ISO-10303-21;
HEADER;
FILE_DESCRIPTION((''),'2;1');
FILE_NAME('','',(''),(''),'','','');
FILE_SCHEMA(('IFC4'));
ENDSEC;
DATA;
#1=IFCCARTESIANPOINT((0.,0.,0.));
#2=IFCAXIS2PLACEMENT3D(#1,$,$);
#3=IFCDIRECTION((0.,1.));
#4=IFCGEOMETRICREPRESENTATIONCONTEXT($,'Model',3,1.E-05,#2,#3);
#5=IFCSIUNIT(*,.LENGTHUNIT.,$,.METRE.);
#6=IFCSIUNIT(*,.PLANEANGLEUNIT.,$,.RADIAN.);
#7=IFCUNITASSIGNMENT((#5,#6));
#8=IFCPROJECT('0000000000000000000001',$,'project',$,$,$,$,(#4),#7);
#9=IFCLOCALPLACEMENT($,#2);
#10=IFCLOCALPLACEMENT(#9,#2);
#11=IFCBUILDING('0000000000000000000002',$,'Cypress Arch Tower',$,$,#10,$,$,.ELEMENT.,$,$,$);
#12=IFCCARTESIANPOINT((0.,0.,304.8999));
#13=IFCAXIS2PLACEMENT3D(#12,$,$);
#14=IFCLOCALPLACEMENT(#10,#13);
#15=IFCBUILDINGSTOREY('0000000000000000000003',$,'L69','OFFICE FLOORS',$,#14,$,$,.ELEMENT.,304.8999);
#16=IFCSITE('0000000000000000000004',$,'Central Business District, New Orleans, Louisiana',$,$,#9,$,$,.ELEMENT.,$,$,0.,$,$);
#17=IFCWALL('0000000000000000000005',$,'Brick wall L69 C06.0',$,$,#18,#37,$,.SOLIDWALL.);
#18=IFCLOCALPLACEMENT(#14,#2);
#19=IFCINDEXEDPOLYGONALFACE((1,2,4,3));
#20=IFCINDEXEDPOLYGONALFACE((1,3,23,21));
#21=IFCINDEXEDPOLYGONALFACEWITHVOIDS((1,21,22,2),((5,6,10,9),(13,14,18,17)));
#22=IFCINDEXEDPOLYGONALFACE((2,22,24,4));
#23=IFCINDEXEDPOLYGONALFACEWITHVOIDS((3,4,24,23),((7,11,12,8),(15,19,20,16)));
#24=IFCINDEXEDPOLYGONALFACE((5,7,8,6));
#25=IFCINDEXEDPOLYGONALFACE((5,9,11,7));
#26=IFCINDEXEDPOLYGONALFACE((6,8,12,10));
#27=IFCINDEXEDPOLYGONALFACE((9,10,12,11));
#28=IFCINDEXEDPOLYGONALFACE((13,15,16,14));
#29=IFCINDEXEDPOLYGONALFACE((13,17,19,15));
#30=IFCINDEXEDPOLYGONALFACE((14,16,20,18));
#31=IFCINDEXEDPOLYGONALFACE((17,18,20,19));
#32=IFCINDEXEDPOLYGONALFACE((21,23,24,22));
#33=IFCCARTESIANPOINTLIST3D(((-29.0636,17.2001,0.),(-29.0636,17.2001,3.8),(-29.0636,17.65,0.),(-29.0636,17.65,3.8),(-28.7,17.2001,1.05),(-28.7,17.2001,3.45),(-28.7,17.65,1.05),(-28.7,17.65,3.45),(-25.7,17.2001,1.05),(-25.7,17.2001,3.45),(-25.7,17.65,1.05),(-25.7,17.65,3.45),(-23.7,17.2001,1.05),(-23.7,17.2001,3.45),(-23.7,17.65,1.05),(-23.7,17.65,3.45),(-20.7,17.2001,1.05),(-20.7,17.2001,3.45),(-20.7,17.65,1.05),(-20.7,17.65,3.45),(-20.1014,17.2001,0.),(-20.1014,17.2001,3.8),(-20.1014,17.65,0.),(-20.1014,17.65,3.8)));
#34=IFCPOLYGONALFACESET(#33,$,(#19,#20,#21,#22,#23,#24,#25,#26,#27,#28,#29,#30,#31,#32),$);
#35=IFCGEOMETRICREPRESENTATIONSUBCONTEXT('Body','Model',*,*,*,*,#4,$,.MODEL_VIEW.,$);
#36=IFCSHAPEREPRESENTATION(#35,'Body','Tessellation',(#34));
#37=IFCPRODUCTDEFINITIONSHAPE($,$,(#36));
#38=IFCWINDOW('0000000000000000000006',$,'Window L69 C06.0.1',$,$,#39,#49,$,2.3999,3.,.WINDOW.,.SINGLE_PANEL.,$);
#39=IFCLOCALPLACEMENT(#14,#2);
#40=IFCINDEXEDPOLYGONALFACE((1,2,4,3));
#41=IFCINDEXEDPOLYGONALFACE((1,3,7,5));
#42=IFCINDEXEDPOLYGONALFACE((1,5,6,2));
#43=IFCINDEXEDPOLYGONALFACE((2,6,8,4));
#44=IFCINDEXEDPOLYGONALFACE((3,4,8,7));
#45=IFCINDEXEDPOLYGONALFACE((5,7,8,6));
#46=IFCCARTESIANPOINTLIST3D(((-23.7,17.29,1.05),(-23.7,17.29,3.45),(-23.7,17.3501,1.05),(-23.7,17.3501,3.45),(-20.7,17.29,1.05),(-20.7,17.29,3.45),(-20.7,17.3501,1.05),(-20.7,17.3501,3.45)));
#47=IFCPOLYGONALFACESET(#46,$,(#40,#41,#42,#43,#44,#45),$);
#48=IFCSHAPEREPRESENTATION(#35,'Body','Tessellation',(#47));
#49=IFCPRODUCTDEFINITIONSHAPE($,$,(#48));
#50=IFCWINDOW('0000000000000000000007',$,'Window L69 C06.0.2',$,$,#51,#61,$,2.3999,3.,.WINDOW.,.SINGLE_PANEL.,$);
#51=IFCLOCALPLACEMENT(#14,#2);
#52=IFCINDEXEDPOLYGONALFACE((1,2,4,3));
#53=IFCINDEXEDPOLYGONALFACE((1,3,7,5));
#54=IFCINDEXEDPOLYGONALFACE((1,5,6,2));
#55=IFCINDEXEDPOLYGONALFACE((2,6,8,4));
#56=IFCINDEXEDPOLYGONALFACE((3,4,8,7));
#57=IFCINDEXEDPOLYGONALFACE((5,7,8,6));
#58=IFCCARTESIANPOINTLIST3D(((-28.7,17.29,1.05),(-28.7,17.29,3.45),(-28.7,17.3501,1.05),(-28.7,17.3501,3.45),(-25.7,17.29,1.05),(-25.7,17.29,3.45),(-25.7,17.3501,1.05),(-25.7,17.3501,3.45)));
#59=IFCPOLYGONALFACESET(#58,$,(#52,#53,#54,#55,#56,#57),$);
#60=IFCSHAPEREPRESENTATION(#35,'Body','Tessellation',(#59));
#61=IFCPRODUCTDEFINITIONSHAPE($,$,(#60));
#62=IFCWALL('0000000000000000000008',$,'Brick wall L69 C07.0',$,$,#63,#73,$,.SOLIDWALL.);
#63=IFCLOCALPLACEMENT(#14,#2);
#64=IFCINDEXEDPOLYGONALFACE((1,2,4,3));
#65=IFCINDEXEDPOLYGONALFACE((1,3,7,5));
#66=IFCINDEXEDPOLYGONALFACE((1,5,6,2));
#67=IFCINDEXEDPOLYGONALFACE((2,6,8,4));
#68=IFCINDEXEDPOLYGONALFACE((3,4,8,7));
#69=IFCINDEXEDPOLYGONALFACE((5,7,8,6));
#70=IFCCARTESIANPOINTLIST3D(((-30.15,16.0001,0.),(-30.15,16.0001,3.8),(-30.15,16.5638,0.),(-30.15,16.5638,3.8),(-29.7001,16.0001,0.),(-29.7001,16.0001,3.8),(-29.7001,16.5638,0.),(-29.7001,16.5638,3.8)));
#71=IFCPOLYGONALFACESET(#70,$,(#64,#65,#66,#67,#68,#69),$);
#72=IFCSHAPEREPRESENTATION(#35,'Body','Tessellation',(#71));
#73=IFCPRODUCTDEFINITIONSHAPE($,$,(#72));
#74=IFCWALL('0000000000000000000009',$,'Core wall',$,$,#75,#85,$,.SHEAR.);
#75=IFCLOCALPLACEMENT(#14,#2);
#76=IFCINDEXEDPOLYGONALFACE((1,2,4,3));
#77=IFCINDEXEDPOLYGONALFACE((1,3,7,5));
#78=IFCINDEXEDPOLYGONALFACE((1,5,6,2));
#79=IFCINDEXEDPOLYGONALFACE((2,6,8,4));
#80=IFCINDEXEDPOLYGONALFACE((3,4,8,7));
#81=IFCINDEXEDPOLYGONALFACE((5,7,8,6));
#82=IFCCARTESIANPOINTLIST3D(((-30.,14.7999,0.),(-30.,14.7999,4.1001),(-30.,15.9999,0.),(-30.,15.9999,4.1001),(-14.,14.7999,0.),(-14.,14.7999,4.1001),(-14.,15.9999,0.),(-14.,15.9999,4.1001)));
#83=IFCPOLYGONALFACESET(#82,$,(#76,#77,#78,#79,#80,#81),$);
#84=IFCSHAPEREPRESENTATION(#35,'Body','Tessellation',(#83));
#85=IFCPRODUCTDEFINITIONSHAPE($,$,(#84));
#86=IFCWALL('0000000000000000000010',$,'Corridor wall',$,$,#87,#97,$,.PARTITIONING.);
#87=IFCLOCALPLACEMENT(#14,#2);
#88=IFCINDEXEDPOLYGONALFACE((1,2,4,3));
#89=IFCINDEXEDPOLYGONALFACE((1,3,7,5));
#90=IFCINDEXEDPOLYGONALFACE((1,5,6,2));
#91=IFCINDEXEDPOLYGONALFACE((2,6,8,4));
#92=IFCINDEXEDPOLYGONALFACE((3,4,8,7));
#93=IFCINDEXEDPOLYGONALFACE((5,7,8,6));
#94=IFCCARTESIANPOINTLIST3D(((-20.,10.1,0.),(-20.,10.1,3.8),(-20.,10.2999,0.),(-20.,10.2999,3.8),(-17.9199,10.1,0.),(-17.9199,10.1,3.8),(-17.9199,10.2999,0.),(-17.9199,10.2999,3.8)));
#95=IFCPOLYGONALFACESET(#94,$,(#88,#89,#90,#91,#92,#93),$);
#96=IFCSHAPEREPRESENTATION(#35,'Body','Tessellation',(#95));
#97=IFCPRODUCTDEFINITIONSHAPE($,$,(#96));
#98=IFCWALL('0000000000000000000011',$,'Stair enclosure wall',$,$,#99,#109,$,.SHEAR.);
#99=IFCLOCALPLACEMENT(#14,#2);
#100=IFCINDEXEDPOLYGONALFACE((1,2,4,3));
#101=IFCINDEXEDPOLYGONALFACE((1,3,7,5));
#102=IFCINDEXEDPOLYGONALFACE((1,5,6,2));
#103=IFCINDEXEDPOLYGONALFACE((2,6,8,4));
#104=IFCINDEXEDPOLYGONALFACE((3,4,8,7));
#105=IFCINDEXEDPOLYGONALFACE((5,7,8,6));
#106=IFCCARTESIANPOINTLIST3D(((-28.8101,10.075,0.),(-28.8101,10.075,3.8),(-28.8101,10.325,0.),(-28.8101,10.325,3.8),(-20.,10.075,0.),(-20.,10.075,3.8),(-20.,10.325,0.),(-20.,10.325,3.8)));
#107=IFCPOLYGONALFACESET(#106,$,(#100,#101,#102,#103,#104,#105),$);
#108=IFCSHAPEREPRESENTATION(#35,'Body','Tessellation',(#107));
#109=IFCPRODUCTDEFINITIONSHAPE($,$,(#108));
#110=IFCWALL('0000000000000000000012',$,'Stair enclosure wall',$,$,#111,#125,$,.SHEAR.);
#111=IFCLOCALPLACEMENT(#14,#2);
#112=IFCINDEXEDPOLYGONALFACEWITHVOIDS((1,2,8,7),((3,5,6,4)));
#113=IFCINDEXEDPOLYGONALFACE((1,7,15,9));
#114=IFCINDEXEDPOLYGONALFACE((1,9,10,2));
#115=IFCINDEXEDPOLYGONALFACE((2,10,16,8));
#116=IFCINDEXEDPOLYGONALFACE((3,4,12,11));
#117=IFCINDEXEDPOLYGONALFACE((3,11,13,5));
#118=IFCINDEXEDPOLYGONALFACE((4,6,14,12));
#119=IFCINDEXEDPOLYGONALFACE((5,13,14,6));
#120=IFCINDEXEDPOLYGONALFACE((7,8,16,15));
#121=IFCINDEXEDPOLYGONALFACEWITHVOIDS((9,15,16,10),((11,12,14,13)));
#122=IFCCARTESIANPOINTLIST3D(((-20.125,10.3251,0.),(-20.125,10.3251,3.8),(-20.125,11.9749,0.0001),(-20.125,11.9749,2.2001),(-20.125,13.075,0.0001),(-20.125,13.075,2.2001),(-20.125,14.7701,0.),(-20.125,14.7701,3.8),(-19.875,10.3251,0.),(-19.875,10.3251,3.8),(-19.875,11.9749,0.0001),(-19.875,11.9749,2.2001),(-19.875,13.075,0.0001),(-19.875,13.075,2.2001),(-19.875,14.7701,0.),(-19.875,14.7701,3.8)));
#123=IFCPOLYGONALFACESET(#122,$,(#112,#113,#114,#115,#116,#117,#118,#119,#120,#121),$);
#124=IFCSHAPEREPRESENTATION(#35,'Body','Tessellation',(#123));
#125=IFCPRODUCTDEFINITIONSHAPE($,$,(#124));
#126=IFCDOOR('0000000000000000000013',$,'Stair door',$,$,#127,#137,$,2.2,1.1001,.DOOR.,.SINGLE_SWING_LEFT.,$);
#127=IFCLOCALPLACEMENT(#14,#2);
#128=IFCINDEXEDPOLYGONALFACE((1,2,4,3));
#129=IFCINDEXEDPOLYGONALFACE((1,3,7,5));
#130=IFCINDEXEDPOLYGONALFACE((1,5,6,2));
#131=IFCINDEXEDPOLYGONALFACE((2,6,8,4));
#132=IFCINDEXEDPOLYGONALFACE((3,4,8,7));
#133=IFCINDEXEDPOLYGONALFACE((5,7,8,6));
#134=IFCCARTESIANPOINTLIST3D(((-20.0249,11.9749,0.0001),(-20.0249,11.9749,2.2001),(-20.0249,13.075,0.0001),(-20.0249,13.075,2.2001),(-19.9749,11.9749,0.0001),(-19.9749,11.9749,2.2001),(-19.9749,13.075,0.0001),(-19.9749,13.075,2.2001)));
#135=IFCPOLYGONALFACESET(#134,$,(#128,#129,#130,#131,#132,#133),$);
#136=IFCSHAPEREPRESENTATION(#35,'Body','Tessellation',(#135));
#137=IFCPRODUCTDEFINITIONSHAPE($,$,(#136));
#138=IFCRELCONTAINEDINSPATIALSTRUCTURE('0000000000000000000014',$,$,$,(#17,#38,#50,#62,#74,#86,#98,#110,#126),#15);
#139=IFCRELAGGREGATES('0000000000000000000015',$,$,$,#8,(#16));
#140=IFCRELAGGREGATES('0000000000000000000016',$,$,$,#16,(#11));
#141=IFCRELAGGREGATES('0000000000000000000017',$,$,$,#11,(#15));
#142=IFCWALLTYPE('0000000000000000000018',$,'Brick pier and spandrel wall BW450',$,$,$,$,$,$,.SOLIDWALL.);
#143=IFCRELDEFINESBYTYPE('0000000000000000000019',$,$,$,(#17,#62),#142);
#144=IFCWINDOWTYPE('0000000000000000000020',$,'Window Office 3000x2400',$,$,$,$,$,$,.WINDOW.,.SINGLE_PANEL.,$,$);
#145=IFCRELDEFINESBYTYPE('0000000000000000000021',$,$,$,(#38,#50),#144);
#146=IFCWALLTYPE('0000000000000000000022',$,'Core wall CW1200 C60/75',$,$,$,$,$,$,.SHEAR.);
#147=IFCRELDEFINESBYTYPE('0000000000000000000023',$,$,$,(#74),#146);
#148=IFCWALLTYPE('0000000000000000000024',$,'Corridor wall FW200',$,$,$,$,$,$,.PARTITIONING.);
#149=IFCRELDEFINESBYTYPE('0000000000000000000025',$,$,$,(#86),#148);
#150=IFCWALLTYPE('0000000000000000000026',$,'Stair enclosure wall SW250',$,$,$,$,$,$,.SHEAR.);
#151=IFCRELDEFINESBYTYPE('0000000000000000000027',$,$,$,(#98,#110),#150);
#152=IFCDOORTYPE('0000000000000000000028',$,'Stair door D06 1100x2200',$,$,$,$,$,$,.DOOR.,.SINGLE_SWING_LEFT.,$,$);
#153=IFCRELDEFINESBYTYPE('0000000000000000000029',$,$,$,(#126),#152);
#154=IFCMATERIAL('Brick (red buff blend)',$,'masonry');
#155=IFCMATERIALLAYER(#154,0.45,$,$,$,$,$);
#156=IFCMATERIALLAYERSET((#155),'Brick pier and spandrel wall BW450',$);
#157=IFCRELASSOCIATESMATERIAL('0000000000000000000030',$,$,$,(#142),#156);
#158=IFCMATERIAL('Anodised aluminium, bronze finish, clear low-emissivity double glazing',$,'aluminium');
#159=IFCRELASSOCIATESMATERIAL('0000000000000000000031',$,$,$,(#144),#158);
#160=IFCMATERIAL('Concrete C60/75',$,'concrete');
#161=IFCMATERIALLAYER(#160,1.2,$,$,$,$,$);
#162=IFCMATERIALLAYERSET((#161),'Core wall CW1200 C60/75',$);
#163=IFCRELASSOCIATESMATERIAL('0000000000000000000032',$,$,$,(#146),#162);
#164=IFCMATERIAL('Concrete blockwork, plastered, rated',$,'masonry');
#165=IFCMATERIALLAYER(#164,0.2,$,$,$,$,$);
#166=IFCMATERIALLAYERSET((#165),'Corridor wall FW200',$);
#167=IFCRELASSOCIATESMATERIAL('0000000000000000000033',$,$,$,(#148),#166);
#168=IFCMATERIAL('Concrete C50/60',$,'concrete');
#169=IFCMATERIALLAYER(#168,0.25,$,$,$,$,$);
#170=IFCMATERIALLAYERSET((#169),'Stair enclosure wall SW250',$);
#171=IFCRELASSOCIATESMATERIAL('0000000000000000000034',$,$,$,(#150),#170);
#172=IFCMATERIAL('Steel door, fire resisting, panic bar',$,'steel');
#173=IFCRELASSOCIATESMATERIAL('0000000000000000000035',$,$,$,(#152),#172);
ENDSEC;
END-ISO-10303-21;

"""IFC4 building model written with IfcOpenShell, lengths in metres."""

from ifc_helpers import new_model, si_unit, direction, frame, frame_2d, origin, place, context, subcontext, project, spatial, rectangle, extrude, material, layer, layer_set, type_object, element, fill, save


model = new_model("IFC4")

# Units and contexts
model_context = context("Model", 3, precision=1e-05, world=origin(), true_north=direction((0.0, 1.0)))
body_context = subcontext(model_context, "Body", "Model", "MODEL_VIEW")
ifc_project = project(units=[si_unit("LENGTHUNIT", "METRE"), si_unit("PLANEANGLEUNIT", "RADIAN")], contexts=[model_context])

# Site, building, storey
site_placement = place(None, origin())
site = spatial("IfcSite", under=ifc_project, at=site_placement, Name="Central Business District, New Orleans, Louisiana", CompositionType="ELEMENT", RefElevation=0.0)
building_placement = place(site_placement, origin())
building = spatial("IfcBuilding", under=site, at=building_placement, Name="Cypress Arch Tower", CompositionType="ELEMENT")
storey_placement = place(building_placement, frame((0.0, 0.0, 304.8999)))
storey = spatial("IfcBuildingStorey", under=building, at=storey_placement, Name="L69", Description="OFFICE FLOORS", CompositionType="ELEMENT", Elevation=304.8999)

# Shared definitions
ifc_material_1 = material(Name="Brick (red buff blend)", Category="masonry")
ifc_layer_1 = layer(ifc_material_1, 0.45)
ifc_layer_set_1 = layer_set([ifc_layer_1], Name="Brick pier and spandrel wall BW450")
wall_type_1 = type_object("IfcWallType", Name="Brick pier and spandrel wall BW450", PredefinedType="SOLIDWALL", material=ifc_layer_set_1)
ifc_material_2 = material(Name="Anodised aluminium, bronze finish, clear low-emissivity double glazing", Category="aluminium")
window_type = type_object("IfcWindowType", Name="Window Office 3000x2400", PartitioningType="SINGLE_PANEL", PredefinedType="WINDOW", material=ifc_material_2)

# Wall, openings, windows
wall_1_placement = place(storey_placement, frame((-20.1016, 17.425, 0.0), z_axis=(0.0, 0.0, 1.0), x_axis=(-1.0, 0.0, 0.0)))
wall_1 = element("IfcWall", 1, at=wall_1_placement, inside=storey, type_object=wall_type_1, Name="Brick wall L69 C06.0", PredefinedType="SOLIDWALL", context=body_context, shape_type="SweptSolid", body=[
    extrude(rectangle(XDim=8.9622, YDim=0.45, at=frame_2d((4.481, 0.0))), origin(), (0.0, 0.0, 1.0), 3.8),
])
opening_1_placement = place(wall_1_placement, frame((0.5984, 0.0, 1.05)))
opening_1 = element("IfcOpeningElement", 2, at=opening_1_placement, cuts=wall_1, PredefinedType="OPENING", context=body_context, shape_type="SweptSolid", body=[
    extrude(rectangle(XDim=3.0, YDim=2.3999, at=frame_2d((1.5, 1.2))), frame((0.0, 0.2349, 0.0), z_axis=(0.0, -1.0, 0.0), x_axis=(1.0, 0.0, 0.0)), (0.0, 0.0, 1.0), 0.47),
])
opening_2_placement = place(wall_1_placement, frame((5.5984, 0.0, 1.05)))
opening_2 = element("IfcOpeningElement", 3, at=opening_2_placement, cuts=wall_1, PredefinedType="OPENING", context=body_context, shape_type="SweptSolid", body=[
    extrude(rectangle(XDim=3.0, YDim=2.3999, at=frame_2d((1.5, 1.2))), frame((0.0, 0.2349, 0.0), z_axis=(0.0, -1.0, 0.0), x_axis=(1.0, 0.0, 0.0)), (0.0, 0.0, 1.0), 0.47),
])
window_1_placement = place(opening_1_placement, origin())
window_1 = element("IfcWindow", 4, at=window_1_placement, inside=storey, type_object=window_type, Name="Window L69 C06.0.1", OverallHeight=2.3999, OverallWidth=3.0, PartitioningType="SINGLE_PANEL", PredefinedType="WINDOW", context=body_context, shape_type="SweptSolid", body=[
    extrude(rectangle(XDim=3.0, YDim=2.3999, at=frame_2d((1.5, 1.2))), frame((0.0, 0.135, 0.0), z_axis=(0.0, -1.0, 0.0), x_axis=(1.0, 0.0, 0.0)), (0.0, 0.0, 1.0), 0.0601),
])
fill(opening_1, window_1)
window_2_placement = place(opening_2_placement, origin())
window_2 = element("IfcWindow", 5, at=window_2_placement, inside=storey, type_object=window_type, Name="Window L69 C06.0.2", OverallHeight=2.3999, OverallWidth=3.0, PartitioningType="SINGLE_PANEL", PredefinedType="WINDOW", context=body_context, shape_type="SweptSolid", body=[
    extrude(rectangle(XDim=3.0, YDim=2.3999, at=frame_2d((1.5, 1.2))), frame((0.0, 0.135, 0.0), z_axis=(0.0, -1.0, 0.0), x_axis=(1.0, 0.0, 0.0)), (0.0, 0.0, 1.0), 0.0601),
])
fill(opening_2, window_2)

# Walls
wall_2_placement = place(storey_placement, frame((-29.925, 16.5637, 0.0), z_axis=(0.0, 0.0, 1.0), x_axis=(0.0, -1.0, 0.0)))
element("IfcWall", 6, at=wall_2_placement, inside=storey, type_object=wall_type_1, Name="Brick wall L69 C07.0", PredefinedType="SOLIDWALL", context=body_context, shape_type="SweptSolid", body=[
    extrude(rectangle(XDim=0.5637, YDim=0.45, at=frame_2d((0.2817, 0.0))), origin(), (0.0, 0.0, 1.0), 3.8),
])
ifc_material_3 = material(Name="Concrete C60/75", Category="concrete")
ifc_layer_2 = layer(ifc_material_3, 1.2)
ifc_layer_set_2 = layer_set([ifc_layer_2], Name="Core wall CW1200 C60/75")
wall_type_2 = type_object("IfcWallType", Name="Core wall CW1200 C60/75", PredefinedType="SHEAR", material=ifc_layer_set_2)
wall_3_placement = place(storey_placement, frame((-30.0, 15.3999, 0.0), z_axis=(0.0, 0.0, 1.0), x_axis=(1.0, 0.0, 0.0)))
element("IfcWall", 7, at=wall_3_placement, inside=storey, type_object=wall_type_2, Name="Core wall", PredefinedType="SHEAR", context=body_context, shape_type="SweptSolid", body=[
    extrude(rectangle(XDim=16.0, YDim=1.2, at=frame_2d((8.0, 0.0))), origin(), (0.0, 0.0, 1.0), 4.1001),
])
ifc_material_4 = material(Name="Concrete blockwork, plastered, rated", Category="masonry")
ifc_layer_3 = layer(ifc_material_4, 0.2)
ifc_layer_set_3 = layer_set([ifc_layer_3], Name="Corridor wall FW200")
wall_type_3 = type_object("IfcWallType", Name="Corridor wall FW200", PredefinedType="PARTITIONING", material=ifc_layer_set_3)
wall_4_placement = place(storey_placement, frame((-20.0, 10.2, 0.0), z_axis=(0.0, 0.0, 1.0), x_axis=(1.0, 0.0, 0.0)))
element("IfcWall", 8, at=wall_4_placement, inside=storey, type_object=wall_type_3, Name="Corridor wall", PredefinedType="PARTITIONING", context=body_context, shape_type="SweptSolid", body=[
    extrude(rectangle(XDim=2.0801, YDim=0.2, at=frame_2d((1.04, 0.0))), origin(), (0.0, 0.0, 1.0), 3.8),
])
ifc_material_5 = material(Name="Concrete C50/60", Category="concrete")
ifc_layer_4 = layer(ifc_material_5, 0.25)
ifc_layer_set_4 = layer_set([ifc_layer_4], Name="Stair enclosure wall SW250")
wall_type_4 = type_object("IfcWallType", Name="Stair enclosure wall SW250", PredefinedType="SHEAR", material=ifc_layer_set_4)
wall_5_placement = place(storey_placement, frame((-28.8101, 10.2, 0.0), z_axis=(0.0, 0.0, 1.0), x_axis=(1.0, 0.0, 0.0)))
element("IfcWall", 9, at=wall_5_placement, inside=storey, type_object=wall_type_4, Name="Stair enclosure wall", PredefinedType="SHEAR", context=body_context, shape_type="SweptSolid", body=[
    extrude(rectangle(XDim=8.8101, YDim=0.25, at=frame_2d((4.405, 0.0))), origin(), (0.0, 0.0, 1.0), 3.8),
])

# Wall, opening, door
wall_6_placement = place(storey_placement, frame((-20.0, 10.325, 0.0), z_axis=(0.0, 0.0, 1.0), x_axis=(0.0, 1.0, 0.0)))
wall_6 = element("IfcWall", 10, at=wall_6_placement, inside=storey, type_object=wall_type_4, Name="Stair enclosure wall", PredefinedType="SHEAR", context=body_context, shape_type="SweptSolid", body=[
    extrude(rectangle(XDim=4.4451, YDim=0.25, at=frame_2d((2.2227, 0.0))), origin(), (0.0, 0.0, 1.0), 3.8),
])
opening_3_placement = place(wall_6_placement, frame((1.6499, 0.0, 0.0)))
opening_3 = element("IfcOpeningElement", 11, at=opening_3_placement, cuts=wall_6, PredefinedType="OPENING", context=body_context, shape_type="SweptSolid", body=[
    extrude(rectangle(XDim=1.1001, YDim=2.2, at=frame_2d((0.55, 1.1001))), frame((0.0, 0.135, 0.0), z_axis=(0.0, -1.0, 0.0), x_axis=(1.0, 0.0, 0.0)), (0.0, 0.0, 1.0), 0.27),
])
ifc_material_6 = material(Name="Steel door, fire resisting, panic bar", Category="steel")
door_type = type_object("IfcDoorType", Name="Stair door D06 1100x2200", OperationType="SINGLE_SWING_LEFT", PredefinedType="DOOR", material=ifc_material_6)
door_placement = place(opening_3_placement, origin())
door = element("IfcDoor", 12, at=door_placement, inside=storey, type_object=door_type, Name="Stair door", OperationType="SINGLE_SWING_LEFT", OverallHeight=2.2, OverallWidth=1.1001, PredefinedType="DOOR", context=body_context, shape_type="SweptSolid", body=[
    extrude(rectangle(XDim=1.1001, YDim=2.2, at=frame_2d((0.55, 1.1001))), frame((0.0, 0.0249, 0.0), z_axis=(0.0, -1.0, 0.0), x_axis=(1.0, 0.0, 0.0)), (0.0, 0.0, 1.0), 0.05),
])
fill(opening_3, door)

save(model, "model.ifc")
